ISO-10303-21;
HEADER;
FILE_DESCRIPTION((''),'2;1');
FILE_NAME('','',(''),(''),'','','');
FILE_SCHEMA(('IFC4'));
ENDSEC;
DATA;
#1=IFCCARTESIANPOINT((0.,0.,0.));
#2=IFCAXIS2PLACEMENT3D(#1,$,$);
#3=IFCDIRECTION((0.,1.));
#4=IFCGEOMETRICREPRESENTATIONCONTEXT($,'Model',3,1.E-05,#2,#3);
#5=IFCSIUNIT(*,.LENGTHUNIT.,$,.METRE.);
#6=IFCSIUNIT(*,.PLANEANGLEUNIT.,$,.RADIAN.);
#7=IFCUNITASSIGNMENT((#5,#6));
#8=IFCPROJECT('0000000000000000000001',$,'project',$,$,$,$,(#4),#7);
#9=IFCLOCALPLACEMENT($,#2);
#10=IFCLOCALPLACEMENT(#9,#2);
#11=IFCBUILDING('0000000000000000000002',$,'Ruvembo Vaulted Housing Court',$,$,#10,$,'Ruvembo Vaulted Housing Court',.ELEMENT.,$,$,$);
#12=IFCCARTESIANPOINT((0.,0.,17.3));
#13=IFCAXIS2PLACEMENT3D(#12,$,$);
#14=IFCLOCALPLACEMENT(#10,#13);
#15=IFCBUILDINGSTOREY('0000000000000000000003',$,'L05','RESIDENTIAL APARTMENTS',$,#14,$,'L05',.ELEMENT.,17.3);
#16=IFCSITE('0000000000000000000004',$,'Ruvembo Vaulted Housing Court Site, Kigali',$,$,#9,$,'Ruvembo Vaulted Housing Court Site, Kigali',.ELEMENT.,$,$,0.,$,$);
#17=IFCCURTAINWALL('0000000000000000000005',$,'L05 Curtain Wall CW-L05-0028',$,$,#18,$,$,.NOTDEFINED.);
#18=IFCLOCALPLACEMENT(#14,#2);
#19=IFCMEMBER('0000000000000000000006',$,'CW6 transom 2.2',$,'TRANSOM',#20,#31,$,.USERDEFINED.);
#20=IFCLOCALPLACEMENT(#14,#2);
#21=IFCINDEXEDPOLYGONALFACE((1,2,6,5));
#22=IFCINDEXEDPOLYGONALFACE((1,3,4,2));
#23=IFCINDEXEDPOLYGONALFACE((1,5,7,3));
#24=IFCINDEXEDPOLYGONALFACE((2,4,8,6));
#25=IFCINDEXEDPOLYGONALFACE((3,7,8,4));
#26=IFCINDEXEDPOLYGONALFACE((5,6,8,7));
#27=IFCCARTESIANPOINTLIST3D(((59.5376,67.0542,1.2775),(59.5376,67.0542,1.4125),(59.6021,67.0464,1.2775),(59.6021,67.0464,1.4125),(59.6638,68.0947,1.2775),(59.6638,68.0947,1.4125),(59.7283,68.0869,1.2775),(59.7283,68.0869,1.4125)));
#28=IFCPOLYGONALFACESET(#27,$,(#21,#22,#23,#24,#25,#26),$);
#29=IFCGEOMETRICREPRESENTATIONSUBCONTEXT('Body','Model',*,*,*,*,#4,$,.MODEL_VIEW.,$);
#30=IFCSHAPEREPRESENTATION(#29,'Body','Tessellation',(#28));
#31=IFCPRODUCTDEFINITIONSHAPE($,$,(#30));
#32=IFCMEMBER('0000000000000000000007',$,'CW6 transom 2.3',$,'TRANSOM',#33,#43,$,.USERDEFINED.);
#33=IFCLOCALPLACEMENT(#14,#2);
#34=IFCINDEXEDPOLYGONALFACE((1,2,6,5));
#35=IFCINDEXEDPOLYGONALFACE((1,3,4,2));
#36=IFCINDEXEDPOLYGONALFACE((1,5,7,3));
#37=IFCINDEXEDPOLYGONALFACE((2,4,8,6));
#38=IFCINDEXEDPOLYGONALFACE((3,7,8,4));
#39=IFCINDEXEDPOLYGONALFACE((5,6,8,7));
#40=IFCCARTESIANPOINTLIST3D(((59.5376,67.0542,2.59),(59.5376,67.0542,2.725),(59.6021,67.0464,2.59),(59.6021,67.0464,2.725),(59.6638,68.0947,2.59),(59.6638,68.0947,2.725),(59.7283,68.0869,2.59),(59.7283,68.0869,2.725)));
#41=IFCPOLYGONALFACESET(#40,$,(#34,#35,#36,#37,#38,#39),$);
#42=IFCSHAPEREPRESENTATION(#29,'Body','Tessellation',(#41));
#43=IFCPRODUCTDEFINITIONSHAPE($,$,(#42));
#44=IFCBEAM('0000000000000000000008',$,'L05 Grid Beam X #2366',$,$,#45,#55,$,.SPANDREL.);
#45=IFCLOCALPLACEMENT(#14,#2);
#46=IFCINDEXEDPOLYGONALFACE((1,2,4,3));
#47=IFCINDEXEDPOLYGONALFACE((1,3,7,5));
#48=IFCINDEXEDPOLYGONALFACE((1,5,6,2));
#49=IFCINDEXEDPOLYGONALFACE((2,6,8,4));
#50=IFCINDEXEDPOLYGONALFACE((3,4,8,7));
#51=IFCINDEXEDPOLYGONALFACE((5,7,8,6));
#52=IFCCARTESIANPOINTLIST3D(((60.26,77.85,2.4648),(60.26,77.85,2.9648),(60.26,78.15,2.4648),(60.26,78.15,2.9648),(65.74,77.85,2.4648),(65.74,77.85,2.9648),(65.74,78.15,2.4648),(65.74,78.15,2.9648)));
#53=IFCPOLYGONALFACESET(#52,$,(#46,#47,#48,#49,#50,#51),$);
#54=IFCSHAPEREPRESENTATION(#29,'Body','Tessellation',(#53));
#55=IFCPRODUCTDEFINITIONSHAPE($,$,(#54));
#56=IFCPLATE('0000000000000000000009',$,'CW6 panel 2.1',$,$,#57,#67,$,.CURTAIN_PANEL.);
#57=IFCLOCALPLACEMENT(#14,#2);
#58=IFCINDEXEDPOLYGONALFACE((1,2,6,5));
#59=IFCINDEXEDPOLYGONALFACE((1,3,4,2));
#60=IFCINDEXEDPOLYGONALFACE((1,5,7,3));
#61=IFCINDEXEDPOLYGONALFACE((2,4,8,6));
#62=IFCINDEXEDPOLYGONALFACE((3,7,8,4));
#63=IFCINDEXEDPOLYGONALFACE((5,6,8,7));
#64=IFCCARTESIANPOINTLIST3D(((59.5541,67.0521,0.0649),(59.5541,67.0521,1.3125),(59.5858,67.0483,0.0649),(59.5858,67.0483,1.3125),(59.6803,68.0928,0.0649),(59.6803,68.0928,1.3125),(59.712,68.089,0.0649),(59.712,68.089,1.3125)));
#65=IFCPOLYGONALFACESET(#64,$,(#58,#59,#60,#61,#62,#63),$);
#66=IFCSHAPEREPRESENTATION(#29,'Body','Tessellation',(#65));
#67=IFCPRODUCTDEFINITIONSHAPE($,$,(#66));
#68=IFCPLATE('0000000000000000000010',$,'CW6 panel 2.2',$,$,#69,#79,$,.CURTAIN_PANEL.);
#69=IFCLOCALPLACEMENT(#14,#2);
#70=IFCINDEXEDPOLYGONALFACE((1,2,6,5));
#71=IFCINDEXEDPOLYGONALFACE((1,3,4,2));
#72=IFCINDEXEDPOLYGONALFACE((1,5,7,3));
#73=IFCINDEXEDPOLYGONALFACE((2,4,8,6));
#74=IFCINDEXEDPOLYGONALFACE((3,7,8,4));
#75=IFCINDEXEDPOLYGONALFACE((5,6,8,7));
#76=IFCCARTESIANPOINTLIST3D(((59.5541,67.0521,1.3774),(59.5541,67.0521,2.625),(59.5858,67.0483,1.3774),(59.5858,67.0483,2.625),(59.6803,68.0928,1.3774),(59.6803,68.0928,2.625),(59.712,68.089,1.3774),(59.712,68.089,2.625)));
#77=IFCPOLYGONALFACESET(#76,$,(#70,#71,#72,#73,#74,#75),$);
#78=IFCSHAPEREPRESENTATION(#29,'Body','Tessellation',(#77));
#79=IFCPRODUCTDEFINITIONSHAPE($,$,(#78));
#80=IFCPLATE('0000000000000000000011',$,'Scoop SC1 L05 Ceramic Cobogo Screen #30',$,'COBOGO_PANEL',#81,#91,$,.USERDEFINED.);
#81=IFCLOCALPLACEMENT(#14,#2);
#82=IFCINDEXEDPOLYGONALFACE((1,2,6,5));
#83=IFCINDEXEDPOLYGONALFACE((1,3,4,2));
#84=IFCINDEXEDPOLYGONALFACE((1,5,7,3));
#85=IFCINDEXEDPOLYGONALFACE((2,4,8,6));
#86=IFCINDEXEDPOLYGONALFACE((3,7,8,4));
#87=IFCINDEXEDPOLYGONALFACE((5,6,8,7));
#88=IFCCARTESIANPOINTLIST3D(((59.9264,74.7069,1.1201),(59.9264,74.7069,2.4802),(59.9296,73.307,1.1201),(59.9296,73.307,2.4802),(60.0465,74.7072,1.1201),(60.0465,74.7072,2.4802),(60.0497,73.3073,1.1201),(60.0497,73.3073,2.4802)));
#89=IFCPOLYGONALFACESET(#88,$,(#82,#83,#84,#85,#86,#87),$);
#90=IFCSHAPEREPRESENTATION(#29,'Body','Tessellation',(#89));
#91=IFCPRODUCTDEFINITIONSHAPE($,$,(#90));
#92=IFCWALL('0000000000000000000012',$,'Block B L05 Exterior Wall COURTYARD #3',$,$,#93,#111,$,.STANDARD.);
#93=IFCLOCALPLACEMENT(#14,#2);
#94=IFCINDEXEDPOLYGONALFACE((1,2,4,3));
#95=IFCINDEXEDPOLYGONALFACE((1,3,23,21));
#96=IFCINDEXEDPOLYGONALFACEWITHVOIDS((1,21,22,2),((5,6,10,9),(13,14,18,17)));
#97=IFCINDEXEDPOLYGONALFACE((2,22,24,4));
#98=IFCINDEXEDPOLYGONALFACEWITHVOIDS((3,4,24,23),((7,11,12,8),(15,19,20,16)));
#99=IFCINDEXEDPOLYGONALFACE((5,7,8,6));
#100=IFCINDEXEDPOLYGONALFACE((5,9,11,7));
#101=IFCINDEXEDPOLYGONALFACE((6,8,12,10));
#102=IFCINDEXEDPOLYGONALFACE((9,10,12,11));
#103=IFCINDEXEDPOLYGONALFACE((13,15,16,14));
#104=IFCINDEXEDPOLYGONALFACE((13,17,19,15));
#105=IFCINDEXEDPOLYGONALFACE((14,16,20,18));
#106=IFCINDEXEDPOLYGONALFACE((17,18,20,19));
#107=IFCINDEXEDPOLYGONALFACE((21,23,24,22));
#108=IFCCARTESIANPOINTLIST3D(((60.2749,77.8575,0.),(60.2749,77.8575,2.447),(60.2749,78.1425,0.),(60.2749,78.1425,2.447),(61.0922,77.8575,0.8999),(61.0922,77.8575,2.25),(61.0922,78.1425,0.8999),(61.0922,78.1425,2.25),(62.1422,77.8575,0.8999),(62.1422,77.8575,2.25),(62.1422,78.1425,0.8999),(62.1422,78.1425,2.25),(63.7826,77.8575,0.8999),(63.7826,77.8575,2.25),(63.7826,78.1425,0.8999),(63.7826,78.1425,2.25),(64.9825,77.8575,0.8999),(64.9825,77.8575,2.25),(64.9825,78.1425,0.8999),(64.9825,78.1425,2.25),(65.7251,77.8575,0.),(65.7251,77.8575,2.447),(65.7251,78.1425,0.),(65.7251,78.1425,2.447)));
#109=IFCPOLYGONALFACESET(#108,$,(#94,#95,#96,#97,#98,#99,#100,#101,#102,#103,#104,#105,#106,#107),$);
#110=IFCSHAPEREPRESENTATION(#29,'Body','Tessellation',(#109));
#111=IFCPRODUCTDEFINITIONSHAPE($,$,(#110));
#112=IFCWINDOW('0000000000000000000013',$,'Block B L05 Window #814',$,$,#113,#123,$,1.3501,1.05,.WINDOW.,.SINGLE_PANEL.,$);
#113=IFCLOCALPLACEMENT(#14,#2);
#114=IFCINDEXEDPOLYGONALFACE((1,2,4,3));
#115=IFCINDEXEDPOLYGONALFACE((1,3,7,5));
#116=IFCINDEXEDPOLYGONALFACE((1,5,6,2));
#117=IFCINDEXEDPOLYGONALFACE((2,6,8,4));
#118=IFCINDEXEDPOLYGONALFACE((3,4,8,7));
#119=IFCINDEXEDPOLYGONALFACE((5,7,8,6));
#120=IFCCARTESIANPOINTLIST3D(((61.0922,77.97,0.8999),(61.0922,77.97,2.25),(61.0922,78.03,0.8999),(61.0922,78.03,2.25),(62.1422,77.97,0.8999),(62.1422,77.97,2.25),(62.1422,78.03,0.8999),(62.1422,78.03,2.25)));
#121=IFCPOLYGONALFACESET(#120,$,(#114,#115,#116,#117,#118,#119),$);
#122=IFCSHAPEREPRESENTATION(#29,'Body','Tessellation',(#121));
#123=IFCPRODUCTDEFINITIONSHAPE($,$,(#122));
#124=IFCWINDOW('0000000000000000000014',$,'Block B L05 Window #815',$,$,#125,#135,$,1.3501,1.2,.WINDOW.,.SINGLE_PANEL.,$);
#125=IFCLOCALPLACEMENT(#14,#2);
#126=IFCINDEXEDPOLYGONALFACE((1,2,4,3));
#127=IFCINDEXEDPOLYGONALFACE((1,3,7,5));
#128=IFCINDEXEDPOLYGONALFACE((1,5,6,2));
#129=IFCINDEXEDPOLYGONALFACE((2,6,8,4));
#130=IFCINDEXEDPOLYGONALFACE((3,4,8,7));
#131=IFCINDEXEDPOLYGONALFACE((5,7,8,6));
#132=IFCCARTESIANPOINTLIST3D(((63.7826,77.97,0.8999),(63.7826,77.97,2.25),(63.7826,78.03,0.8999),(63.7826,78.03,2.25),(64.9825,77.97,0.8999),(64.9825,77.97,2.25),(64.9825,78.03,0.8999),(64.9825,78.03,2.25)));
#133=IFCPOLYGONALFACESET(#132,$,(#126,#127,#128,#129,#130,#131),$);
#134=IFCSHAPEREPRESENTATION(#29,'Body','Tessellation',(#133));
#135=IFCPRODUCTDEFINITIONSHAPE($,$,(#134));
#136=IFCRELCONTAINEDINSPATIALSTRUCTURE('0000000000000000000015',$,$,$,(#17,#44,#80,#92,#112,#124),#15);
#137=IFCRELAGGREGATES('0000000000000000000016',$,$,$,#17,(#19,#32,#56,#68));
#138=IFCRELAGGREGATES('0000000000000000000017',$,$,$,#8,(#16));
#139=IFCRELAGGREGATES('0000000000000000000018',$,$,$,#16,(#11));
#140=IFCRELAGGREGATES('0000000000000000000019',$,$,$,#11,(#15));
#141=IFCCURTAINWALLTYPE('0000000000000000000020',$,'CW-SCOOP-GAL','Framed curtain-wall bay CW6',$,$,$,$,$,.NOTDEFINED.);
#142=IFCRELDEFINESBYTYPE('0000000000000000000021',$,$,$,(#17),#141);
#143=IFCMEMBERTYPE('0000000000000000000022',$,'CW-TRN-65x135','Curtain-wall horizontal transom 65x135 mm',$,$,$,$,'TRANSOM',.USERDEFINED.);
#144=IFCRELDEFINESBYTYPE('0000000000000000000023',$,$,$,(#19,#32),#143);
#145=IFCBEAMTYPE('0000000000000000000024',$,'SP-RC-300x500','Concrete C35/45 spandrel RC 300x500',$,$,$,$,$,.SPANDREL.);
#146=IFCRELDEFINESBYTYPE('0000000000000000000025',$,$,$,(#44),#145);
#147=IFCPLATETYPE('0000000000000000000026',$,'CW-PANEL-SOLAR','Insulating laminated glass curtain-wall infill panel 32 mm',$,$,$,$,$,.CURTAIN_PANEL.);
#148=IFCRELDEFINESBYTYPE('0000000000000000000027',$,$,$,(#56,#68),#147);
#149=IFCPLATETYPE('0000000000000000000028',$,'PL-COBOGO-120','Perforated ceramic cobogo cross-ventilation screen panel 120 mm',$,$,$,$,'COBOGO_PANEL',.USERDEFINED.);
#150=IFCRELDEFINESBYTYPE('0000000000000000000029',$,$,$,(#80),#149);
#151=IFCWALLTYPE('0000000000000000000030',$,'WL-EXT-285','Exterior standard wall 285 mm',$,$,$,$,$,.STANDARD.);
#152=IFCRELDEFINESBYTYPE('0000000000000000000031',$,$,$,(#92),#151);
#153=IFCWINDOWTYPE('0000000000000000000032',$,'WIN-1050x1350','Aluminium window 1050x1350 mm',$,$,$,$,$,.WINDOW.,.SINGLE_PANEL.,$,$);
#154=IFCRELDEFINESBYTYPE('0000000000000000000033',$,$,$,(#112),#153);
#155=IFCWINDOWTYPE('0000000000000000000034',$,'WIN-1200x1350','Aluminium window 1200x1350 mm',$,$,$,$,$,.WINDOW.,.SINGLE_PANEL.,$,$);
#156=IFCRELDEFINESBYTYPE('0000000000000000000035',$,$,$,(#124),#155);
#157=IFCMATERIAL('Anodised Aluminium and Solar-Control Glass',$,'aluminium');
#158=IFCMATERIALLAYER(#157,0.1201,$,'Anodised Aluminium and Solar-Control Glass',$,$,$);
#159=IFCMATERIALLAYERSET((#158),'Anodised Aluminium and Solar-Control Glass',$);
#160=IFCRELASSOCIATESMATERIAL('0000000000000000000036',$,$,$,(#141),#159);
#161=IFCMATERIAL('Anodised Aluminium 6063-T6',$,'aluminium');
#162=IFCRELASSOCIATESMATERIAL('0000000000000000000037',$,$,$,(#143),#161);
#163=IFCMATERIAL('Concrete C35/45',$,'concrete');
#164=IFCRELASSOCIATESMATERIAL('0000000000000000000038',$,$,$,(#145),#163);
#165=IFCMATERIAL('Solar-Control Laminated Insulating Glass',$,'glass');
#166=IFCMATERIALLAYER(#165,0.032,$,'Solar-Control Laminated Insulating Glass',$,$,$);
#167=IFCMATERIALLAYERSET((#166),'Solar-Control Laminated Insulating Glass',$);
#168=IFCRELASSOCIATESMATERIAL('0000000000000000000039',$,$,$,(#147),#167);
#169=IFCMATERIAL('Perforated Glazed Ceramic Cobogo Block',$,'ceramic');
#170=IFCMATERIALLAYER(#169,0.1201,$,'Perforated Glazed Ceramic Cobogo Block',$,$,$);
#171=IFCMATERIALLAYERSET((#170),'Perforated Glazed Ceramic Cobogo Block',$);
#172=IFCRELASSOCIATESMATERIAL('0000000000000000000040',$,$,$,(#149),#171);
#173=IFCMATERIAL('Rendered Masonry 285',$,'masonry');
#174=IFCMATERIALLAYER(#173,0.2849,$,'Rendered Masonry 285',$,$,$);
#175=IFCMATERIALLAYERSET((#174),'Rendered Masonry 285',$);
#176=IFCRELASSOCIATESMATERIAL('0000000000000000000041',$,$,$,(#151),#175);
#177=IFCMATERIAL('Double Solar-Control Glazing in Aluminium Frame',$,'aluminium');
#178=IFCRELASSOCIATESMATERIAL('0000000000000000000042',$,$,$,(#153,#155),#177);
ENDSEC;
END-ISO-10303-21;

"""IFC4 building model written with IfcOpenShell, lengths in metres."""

from ifc_helpers import new_model, si_unit, direction, frame, frame_2d, origin, origin_2d, place, context, subcontext, project, spatial, rectangle, extrude, material, layer, layer_set, material_profile, profile_set, type_object, element, fill, aggregate, save


model = new_model("IFC4")

# Units and contexts
model_context = context("Model", 3, precision=1e-05, world=origin(), true_north=direction((0.0, 1.0)))
body_context = subcontext(model_context, "Body", "Model", "MODEL_VIEW")
ifc_project = project(units=[si_unit("LENGTHUNIT", "METRE"), si_unit("PLANEANGLEUNIT", "RADIAN")], contexts=[model_context])

# Site, building, storey
site_placement = place(None, origin())
site = spatial("IfcSite", under=ifc_project, at=site_placement, Name="Ruvembo Vaulted Housing Court Site, Kigali", LongName="Ruvembo Vaulted Housing Court Site, Kigali", CompositionType="ELEMENT", RefElevation=0.0)
building_placement = place(site_placement, origin())
building = spatial("IfcBuilding", under=site, at=building_placement, Name="Ruvembo Vaulted Housing Court", LongName="Ruvembo Vaulted Housing Court", CompositionType="ELEMENT")
storey_placement = place(building_placement, frame((0.0, 0.0, 17.3)))
storey = spatial("IfcBuildingStorey", under=building, at=storey_placement, Name="L05", Description="RESIDENTIAL APARTMENTS", LongName="L05", CompositionType="ELEMENT", Elevation=17.3)

# Shared definitions
ifc_material_1 = material(Name="Concrete C35/45", Category="concrete")

# Curtain wall, members
ifc_material_2 = material(Name="Anodised Aluminium and Solar-Control Glass", Category="aluminium")
ifc_layer_1 = layer(ifc_material_2, 0.1201, Name="Anodised Aluminium and Solar-Control Glass")
ifc_layer_set_1 = layer_set([ifc_layer_1], Name="Anodised Aluminium and Solar-Control Glass")
curtain_wall_type = type_object("IfcCurtainWallType", Name="CW-SCOOP-GAL", Description="Framed curtain-wall bay CW6", PredefinedType="NOTDEFINED", material=ifc_layer_set_1)
curtain_wall_placement = place(storey_placement, origin())
curtain_wall = element("IfcCurtainWall", 1, at=curtain_wall_placement, inside=storey, type_object=curtain_wall_type, Name="L05 Curtain Wall CW-L05-0028", PredefinedType="NOTDEFINED")
ifc_material_3 = material(Name="Anodised Aluminium 6063-T6", Category="aluminium")
ifc_material_profile_1 = material_profile(ifc_material_3, rectangle(XDim=0.0649, YDim=0.135, at=origin_2d()), Name="ALU 65x135")
ifc_profile_set_1 = profile_set([ifc_material_profile_1], Name="Anodised Aluminium 6063-T6")
member_type_1 = type_object("IfcMemberType", Name="CW-TRN-65x135", Description="Curtain-wall horizontal transom 65x135 mm", ElementType="TRANSOM", PredefinedType="USERDEFINED", material=ifc_profile_set_1)
member_1_placement = place(storey_placement, frame((59.5698, 67.0503, 1.345), z_axis=(0.120422, 0.992723, 0.0), x_axis=(-0.992723, 0.120422, 0.0)))
member_1 = element("IfcMember", 2, at=member_1_placement, type_object=member_type_1, Name="CW6 transom 2.2", ObjectType="TRANSOM", PredefinedType="USERDEFINED", context=body_context, shape_type="SweptSolid", body=[
    extrude(rectangle(XDim=0.0649, YDim=0.135, at=origin_2d()), origin(), (0.0, 0.0, 1.0), 1.0481),
])
member_2_placement = place(storey_placement, frame((59.5698, 67.0503, 2.6575), z_axis=(0.120422, 0.992723, 0.0), x_axis=(-0.992723, 0.120422, 0.0)))
member_2 = element("IfcMember", 3, at=member_2_placement, type_object=member_type_1, Name="CW6 transom 2.3", ObjectType="TRANSOM", PredefinedType="USERDEFINED", context=body_context, shape_type="SweptSolid", body=[
    extrude(rectangle(XDim=0.0649, YDim=0.135, at=origin_2d()), origin(), (0.0, 0.0, 1.0), 1.0481),
])

# Beam
ifc_material_profile_2 = material_profile(ifc_material_1, rectangle(XDim=0.3, YDim=0.5, at=origin_2d()), Name="RC 300x500")
ifc_profile_set_2 = profile_set([ifc_material_profile_2], Name="Concrete C35/45")
beam_type_1 = type_object("IfcBeamType", Name="SP-RC-300x500", Description="Concrete C35/45 spandrel RC 300x500", PredefinedType="SPANDREL", material=ifc_profile_set_2)
beam_1_placement = place(storey_placement, frame((60.26, 78.0, 2.7148), z_axis=(1.0, 0.0, 0.0), x_axis=(0.0, 1.0, 0.0)))
element("IfcBeam", 4, at=beam_1_placement, inside=storey, type_object=beam_type_1, Name="L05 Grid Beam X #2366", PredefinedType="SPANDREL", context=body_context, shape_type="SweptSolid", body=[
    extrude(rectangle(XDim=0.3, YDim=0.5, at=origin_2d()), origin(), (0.0, 0.0, 1.0), 5.48),
])

# Plates
ifc_material_4 = material(Name="Solar-Control Laminated Insulating Glass", Category="glass")
ifc_layer_2 = layer(ifc_material_4, 0.032, Name="Solar-Control Laminated Insulating Glass")
ifc_layer_set_2 = layer_set([ifc_layer_2], Name="Solar-Control Laminated Insulating Glass")
plate_type_1 = type_object("IfcPlateType", Name="CW-PANEL-SOLAR", Description="Insulating laminated glass curtain-wall infill panel 32 mm", PredefinedType="CURTAIN_PANEL", material=ifc_layer_set_2)
plate_1_placement = place(storey_placement, frame((59.6331, 67.5706, 0.0649), z_axis=(0.0, 0.0, 1.0), x_axis=(0.120401, 0.992725, 0.0)))
plate_1 = element("IfcPlate", 5, at=plate_1_placement, type_object=plate_type_1, Name="CW6 panel 2.1", PredefinedType="CURTAIN_PANEL", context=body_context, shape_type="SweptSolid", body=[
    extrude(rectangle(XDim=1.0483, YDim=0.032, at=origin_2d()), origin(), (0.0, 0.0, 1.0), 1.2476),
])
plate_2_placement = place(storey_placement, frame((59.6331, 67.5706, 1.3774), z_axis=(0.0, 0.0, 1.0), x_axis=(0.120401, 0.992725, 0.0)))
plate_2 = element("IfcPlate", 6, at=plate_2_placement, type_object=plate_type_1, Name="CW6 panel 2.2", PredefinedType="CURTAIN_PANEL", context=body_context, shape_type="SweptSolid", body=[
    extrude(rectangle(XDim=1.0483, YDim=0.032, at=origin_2d()), origin(), (0.0, 0.0, 1.0), 1.2476),
])
aggregate(curtain_wall, [member_1, member_2, plate_1, plate_2])
ifc_material_5 = material(Name="Perforated Glazed Ceramic Cobogo Block", Category="ceramic")
ifc_layer_3 = layer(ifc_material_5, 0.1201, Name="Perforated Glazed Ceramic Cobogo Block")
ifc_layer_set_3 = layer_set([ifc_layer_3], Name="Perforated Glazed Ceramic Cobogo Block")
plate_type_2 = type_object("IfcPlateType", Name="PL-COBOGO-120", Description="Perforated ceramic cobogo cross-ventilation screen panel 120 mm", ElementType="COBOGO_PANEL", PredefinedType="USERDEFINED", material=ifc_layer_set_3)
plate_3_placement = place(storey_placement, frame((59.988, 74.0071, 1.1201), z_axis=(0.0, 0.0, 1.0), x_axis=(-0.002269, 0.999997, 0.0)))
element("IfcPlate", 7, at=plate_3_placement, inside=storey, type_object=plate_type_2, Name="Scoop SC1 L05 Ceramic Cobogo Screen #30", ObjectType="COBOGO_PANEL", PredefinedType="USERDEFINED", context=body_context, shape_type="SweptSolid", body=[
    extrude(rectangle(XDim=1.3999, YDim=0.1201, at=origin_2d()), origin(), (0.0, 0.0, 1.0), 1.3601),
])

# Wall, openings, windows
ifc_material_6 = material(Name="Rendered Masonry 285", Category="masonry")
ifc_layer_4 = layer(ifc_material_6, 0.2849, Name="Rendered Masonry 285")
ifc_layer_set_4 = layer_set([ifc_layer_4], Name="Rendered Masonry 285")
wall_type = type_object("IfcWallType", Name="WL-EXT-285", Description="Exterior standard wall 285 mm", PredefinedType="STANDARD", material=ifc_layer_set_4)
wall_placement = place(storey_placement, frame((60.2749, 78.0, 0.0), z_axis=(0.0, 0.0, 1.0), x_axis=(1.0, 0.0, 0.0)))
wall = element("IfcWall", 8, at=wall_placement, inside=storey, type_object=wall_type, Name="Block B L05 Exterior Wall COURTYARD #3", PredefinedType="STANDARD", context=body_context, shape_type="SweptSolid", body=[
    extrude(rectangle(XDim=5.4502, YDim=0.2849, at=frame_2d((2.7251, 0.0))), origin(), (0.0, 0.0, 1.0), 2.447),
])
opening_1_placement = place(wall_placement, frame((0.8174, 0.0, 0.8999)))
opening_1 = element("IfcOpeningElement", 9, at=opening_1_placement, cuts=wall, PredefinedType="OPENING", context=body_context, shape_type="SweptSolid", body=[
    extrude(rectangle(XDim=1.05, YDim=1.3501, at=frame_2d((0.5249, 0.675))), frame((0.0, 0.1523, 0.0), z_axis=(0.0, -1.0, 0.0), x_axis=(1.0, 0.0, 0.0)), (0.0, 0.0, 1.0), 0.3049),
])
opening_2_placement = place(wall_placement, frame((3.5076, 0.0, 0.8999)))
opening_2 = element("IfcOpeningElement", 10, at=opening_2_placement, cuts=wall, PredefinedType="OPENING", context=body_context, shape_type="SweptSolid", body=[
    extrude(rectangle(XDim=1.2, YDim=1.3501, at=frame_2d((0.6001, 0.675))), frame((0.0, 0.1523, 0.0), z_axis=(0.0, -1.0, 0.0), x_axis=(1.0, 0.0, 0.0)), (0.0, 0.0, 1.0), 0.3049),
])
ifc_material_7 = material(Name="Double Solar-Control Glazing in Aluminium Frame", Category="aluminium")
window_type_1 = type_object("IfcWindowType", Name="WIN-1050x1350", Description="Aluminium window 1050x1350 mm", PartitioningType="SINGLE_PANEL", PredefinedType="WINDOW", material=ifc_material_7)
window_1_placement = place(opening_1_placement, origin())
window_1 = element("IfcWindow", 11, at=window_1_placement, inside=storey, type_object=window_type_1, Name="Block B L05 Window #814", OverallHeight=1.3501, OverallWidth=1.05, PartitioningType="SINGLE_PANEL", PredefinedType="WINDOW", context=body_context, shape_type="SweptSolid", body=[
    extrude(rectangle(XDim=1.05, YDim=1.3501, at=frame_2d((0.5249, 0.675))), frame((0.0, 0.03, 0.0), z_axis=(0.0, -1.0, 0.0), x_axis=(1.0, 0.0, 0.0)), (0.0, 0.0, 1.0), 0.0601),
])
fill(opening_1, window_1)
window_type_2 = type_object("IfcWindowType", Name="WIN-1200x1350", Description="Aluminium window 1200x1350 mm", PartitioningType="SINGLE_PANEL", PredefinedType="WINDOW", material=ifc_material_7)
window_2_placement = place(opening_2_placement, origin())
window_2 = element("IfcWindow", 12, at=window_2_placement, inside=storey, type_object=window_type_2, Name="Block B L05 Window #815", OverallHeight=1.3501, OverallWidth=1.2, PartitioningType="SINGLE_PANEL", PredefinedType="WINDOW", context=body_context, shape_type="SweptSolid", body=[
    extrude(rectangle(XDim=1.2, YDim=1.3501, at=frame_2d((0.6001, 0.675))), frame((0.0, 0.03, 0.0), z_axis=(0.0, -1.0, 0.0), x_axis=(1.0, 0.0, 0.0)), (0.0, 0.0, 1.0), 0.0601),
])
fill(opening_2, window_2)

save(model, "model.ifc")
